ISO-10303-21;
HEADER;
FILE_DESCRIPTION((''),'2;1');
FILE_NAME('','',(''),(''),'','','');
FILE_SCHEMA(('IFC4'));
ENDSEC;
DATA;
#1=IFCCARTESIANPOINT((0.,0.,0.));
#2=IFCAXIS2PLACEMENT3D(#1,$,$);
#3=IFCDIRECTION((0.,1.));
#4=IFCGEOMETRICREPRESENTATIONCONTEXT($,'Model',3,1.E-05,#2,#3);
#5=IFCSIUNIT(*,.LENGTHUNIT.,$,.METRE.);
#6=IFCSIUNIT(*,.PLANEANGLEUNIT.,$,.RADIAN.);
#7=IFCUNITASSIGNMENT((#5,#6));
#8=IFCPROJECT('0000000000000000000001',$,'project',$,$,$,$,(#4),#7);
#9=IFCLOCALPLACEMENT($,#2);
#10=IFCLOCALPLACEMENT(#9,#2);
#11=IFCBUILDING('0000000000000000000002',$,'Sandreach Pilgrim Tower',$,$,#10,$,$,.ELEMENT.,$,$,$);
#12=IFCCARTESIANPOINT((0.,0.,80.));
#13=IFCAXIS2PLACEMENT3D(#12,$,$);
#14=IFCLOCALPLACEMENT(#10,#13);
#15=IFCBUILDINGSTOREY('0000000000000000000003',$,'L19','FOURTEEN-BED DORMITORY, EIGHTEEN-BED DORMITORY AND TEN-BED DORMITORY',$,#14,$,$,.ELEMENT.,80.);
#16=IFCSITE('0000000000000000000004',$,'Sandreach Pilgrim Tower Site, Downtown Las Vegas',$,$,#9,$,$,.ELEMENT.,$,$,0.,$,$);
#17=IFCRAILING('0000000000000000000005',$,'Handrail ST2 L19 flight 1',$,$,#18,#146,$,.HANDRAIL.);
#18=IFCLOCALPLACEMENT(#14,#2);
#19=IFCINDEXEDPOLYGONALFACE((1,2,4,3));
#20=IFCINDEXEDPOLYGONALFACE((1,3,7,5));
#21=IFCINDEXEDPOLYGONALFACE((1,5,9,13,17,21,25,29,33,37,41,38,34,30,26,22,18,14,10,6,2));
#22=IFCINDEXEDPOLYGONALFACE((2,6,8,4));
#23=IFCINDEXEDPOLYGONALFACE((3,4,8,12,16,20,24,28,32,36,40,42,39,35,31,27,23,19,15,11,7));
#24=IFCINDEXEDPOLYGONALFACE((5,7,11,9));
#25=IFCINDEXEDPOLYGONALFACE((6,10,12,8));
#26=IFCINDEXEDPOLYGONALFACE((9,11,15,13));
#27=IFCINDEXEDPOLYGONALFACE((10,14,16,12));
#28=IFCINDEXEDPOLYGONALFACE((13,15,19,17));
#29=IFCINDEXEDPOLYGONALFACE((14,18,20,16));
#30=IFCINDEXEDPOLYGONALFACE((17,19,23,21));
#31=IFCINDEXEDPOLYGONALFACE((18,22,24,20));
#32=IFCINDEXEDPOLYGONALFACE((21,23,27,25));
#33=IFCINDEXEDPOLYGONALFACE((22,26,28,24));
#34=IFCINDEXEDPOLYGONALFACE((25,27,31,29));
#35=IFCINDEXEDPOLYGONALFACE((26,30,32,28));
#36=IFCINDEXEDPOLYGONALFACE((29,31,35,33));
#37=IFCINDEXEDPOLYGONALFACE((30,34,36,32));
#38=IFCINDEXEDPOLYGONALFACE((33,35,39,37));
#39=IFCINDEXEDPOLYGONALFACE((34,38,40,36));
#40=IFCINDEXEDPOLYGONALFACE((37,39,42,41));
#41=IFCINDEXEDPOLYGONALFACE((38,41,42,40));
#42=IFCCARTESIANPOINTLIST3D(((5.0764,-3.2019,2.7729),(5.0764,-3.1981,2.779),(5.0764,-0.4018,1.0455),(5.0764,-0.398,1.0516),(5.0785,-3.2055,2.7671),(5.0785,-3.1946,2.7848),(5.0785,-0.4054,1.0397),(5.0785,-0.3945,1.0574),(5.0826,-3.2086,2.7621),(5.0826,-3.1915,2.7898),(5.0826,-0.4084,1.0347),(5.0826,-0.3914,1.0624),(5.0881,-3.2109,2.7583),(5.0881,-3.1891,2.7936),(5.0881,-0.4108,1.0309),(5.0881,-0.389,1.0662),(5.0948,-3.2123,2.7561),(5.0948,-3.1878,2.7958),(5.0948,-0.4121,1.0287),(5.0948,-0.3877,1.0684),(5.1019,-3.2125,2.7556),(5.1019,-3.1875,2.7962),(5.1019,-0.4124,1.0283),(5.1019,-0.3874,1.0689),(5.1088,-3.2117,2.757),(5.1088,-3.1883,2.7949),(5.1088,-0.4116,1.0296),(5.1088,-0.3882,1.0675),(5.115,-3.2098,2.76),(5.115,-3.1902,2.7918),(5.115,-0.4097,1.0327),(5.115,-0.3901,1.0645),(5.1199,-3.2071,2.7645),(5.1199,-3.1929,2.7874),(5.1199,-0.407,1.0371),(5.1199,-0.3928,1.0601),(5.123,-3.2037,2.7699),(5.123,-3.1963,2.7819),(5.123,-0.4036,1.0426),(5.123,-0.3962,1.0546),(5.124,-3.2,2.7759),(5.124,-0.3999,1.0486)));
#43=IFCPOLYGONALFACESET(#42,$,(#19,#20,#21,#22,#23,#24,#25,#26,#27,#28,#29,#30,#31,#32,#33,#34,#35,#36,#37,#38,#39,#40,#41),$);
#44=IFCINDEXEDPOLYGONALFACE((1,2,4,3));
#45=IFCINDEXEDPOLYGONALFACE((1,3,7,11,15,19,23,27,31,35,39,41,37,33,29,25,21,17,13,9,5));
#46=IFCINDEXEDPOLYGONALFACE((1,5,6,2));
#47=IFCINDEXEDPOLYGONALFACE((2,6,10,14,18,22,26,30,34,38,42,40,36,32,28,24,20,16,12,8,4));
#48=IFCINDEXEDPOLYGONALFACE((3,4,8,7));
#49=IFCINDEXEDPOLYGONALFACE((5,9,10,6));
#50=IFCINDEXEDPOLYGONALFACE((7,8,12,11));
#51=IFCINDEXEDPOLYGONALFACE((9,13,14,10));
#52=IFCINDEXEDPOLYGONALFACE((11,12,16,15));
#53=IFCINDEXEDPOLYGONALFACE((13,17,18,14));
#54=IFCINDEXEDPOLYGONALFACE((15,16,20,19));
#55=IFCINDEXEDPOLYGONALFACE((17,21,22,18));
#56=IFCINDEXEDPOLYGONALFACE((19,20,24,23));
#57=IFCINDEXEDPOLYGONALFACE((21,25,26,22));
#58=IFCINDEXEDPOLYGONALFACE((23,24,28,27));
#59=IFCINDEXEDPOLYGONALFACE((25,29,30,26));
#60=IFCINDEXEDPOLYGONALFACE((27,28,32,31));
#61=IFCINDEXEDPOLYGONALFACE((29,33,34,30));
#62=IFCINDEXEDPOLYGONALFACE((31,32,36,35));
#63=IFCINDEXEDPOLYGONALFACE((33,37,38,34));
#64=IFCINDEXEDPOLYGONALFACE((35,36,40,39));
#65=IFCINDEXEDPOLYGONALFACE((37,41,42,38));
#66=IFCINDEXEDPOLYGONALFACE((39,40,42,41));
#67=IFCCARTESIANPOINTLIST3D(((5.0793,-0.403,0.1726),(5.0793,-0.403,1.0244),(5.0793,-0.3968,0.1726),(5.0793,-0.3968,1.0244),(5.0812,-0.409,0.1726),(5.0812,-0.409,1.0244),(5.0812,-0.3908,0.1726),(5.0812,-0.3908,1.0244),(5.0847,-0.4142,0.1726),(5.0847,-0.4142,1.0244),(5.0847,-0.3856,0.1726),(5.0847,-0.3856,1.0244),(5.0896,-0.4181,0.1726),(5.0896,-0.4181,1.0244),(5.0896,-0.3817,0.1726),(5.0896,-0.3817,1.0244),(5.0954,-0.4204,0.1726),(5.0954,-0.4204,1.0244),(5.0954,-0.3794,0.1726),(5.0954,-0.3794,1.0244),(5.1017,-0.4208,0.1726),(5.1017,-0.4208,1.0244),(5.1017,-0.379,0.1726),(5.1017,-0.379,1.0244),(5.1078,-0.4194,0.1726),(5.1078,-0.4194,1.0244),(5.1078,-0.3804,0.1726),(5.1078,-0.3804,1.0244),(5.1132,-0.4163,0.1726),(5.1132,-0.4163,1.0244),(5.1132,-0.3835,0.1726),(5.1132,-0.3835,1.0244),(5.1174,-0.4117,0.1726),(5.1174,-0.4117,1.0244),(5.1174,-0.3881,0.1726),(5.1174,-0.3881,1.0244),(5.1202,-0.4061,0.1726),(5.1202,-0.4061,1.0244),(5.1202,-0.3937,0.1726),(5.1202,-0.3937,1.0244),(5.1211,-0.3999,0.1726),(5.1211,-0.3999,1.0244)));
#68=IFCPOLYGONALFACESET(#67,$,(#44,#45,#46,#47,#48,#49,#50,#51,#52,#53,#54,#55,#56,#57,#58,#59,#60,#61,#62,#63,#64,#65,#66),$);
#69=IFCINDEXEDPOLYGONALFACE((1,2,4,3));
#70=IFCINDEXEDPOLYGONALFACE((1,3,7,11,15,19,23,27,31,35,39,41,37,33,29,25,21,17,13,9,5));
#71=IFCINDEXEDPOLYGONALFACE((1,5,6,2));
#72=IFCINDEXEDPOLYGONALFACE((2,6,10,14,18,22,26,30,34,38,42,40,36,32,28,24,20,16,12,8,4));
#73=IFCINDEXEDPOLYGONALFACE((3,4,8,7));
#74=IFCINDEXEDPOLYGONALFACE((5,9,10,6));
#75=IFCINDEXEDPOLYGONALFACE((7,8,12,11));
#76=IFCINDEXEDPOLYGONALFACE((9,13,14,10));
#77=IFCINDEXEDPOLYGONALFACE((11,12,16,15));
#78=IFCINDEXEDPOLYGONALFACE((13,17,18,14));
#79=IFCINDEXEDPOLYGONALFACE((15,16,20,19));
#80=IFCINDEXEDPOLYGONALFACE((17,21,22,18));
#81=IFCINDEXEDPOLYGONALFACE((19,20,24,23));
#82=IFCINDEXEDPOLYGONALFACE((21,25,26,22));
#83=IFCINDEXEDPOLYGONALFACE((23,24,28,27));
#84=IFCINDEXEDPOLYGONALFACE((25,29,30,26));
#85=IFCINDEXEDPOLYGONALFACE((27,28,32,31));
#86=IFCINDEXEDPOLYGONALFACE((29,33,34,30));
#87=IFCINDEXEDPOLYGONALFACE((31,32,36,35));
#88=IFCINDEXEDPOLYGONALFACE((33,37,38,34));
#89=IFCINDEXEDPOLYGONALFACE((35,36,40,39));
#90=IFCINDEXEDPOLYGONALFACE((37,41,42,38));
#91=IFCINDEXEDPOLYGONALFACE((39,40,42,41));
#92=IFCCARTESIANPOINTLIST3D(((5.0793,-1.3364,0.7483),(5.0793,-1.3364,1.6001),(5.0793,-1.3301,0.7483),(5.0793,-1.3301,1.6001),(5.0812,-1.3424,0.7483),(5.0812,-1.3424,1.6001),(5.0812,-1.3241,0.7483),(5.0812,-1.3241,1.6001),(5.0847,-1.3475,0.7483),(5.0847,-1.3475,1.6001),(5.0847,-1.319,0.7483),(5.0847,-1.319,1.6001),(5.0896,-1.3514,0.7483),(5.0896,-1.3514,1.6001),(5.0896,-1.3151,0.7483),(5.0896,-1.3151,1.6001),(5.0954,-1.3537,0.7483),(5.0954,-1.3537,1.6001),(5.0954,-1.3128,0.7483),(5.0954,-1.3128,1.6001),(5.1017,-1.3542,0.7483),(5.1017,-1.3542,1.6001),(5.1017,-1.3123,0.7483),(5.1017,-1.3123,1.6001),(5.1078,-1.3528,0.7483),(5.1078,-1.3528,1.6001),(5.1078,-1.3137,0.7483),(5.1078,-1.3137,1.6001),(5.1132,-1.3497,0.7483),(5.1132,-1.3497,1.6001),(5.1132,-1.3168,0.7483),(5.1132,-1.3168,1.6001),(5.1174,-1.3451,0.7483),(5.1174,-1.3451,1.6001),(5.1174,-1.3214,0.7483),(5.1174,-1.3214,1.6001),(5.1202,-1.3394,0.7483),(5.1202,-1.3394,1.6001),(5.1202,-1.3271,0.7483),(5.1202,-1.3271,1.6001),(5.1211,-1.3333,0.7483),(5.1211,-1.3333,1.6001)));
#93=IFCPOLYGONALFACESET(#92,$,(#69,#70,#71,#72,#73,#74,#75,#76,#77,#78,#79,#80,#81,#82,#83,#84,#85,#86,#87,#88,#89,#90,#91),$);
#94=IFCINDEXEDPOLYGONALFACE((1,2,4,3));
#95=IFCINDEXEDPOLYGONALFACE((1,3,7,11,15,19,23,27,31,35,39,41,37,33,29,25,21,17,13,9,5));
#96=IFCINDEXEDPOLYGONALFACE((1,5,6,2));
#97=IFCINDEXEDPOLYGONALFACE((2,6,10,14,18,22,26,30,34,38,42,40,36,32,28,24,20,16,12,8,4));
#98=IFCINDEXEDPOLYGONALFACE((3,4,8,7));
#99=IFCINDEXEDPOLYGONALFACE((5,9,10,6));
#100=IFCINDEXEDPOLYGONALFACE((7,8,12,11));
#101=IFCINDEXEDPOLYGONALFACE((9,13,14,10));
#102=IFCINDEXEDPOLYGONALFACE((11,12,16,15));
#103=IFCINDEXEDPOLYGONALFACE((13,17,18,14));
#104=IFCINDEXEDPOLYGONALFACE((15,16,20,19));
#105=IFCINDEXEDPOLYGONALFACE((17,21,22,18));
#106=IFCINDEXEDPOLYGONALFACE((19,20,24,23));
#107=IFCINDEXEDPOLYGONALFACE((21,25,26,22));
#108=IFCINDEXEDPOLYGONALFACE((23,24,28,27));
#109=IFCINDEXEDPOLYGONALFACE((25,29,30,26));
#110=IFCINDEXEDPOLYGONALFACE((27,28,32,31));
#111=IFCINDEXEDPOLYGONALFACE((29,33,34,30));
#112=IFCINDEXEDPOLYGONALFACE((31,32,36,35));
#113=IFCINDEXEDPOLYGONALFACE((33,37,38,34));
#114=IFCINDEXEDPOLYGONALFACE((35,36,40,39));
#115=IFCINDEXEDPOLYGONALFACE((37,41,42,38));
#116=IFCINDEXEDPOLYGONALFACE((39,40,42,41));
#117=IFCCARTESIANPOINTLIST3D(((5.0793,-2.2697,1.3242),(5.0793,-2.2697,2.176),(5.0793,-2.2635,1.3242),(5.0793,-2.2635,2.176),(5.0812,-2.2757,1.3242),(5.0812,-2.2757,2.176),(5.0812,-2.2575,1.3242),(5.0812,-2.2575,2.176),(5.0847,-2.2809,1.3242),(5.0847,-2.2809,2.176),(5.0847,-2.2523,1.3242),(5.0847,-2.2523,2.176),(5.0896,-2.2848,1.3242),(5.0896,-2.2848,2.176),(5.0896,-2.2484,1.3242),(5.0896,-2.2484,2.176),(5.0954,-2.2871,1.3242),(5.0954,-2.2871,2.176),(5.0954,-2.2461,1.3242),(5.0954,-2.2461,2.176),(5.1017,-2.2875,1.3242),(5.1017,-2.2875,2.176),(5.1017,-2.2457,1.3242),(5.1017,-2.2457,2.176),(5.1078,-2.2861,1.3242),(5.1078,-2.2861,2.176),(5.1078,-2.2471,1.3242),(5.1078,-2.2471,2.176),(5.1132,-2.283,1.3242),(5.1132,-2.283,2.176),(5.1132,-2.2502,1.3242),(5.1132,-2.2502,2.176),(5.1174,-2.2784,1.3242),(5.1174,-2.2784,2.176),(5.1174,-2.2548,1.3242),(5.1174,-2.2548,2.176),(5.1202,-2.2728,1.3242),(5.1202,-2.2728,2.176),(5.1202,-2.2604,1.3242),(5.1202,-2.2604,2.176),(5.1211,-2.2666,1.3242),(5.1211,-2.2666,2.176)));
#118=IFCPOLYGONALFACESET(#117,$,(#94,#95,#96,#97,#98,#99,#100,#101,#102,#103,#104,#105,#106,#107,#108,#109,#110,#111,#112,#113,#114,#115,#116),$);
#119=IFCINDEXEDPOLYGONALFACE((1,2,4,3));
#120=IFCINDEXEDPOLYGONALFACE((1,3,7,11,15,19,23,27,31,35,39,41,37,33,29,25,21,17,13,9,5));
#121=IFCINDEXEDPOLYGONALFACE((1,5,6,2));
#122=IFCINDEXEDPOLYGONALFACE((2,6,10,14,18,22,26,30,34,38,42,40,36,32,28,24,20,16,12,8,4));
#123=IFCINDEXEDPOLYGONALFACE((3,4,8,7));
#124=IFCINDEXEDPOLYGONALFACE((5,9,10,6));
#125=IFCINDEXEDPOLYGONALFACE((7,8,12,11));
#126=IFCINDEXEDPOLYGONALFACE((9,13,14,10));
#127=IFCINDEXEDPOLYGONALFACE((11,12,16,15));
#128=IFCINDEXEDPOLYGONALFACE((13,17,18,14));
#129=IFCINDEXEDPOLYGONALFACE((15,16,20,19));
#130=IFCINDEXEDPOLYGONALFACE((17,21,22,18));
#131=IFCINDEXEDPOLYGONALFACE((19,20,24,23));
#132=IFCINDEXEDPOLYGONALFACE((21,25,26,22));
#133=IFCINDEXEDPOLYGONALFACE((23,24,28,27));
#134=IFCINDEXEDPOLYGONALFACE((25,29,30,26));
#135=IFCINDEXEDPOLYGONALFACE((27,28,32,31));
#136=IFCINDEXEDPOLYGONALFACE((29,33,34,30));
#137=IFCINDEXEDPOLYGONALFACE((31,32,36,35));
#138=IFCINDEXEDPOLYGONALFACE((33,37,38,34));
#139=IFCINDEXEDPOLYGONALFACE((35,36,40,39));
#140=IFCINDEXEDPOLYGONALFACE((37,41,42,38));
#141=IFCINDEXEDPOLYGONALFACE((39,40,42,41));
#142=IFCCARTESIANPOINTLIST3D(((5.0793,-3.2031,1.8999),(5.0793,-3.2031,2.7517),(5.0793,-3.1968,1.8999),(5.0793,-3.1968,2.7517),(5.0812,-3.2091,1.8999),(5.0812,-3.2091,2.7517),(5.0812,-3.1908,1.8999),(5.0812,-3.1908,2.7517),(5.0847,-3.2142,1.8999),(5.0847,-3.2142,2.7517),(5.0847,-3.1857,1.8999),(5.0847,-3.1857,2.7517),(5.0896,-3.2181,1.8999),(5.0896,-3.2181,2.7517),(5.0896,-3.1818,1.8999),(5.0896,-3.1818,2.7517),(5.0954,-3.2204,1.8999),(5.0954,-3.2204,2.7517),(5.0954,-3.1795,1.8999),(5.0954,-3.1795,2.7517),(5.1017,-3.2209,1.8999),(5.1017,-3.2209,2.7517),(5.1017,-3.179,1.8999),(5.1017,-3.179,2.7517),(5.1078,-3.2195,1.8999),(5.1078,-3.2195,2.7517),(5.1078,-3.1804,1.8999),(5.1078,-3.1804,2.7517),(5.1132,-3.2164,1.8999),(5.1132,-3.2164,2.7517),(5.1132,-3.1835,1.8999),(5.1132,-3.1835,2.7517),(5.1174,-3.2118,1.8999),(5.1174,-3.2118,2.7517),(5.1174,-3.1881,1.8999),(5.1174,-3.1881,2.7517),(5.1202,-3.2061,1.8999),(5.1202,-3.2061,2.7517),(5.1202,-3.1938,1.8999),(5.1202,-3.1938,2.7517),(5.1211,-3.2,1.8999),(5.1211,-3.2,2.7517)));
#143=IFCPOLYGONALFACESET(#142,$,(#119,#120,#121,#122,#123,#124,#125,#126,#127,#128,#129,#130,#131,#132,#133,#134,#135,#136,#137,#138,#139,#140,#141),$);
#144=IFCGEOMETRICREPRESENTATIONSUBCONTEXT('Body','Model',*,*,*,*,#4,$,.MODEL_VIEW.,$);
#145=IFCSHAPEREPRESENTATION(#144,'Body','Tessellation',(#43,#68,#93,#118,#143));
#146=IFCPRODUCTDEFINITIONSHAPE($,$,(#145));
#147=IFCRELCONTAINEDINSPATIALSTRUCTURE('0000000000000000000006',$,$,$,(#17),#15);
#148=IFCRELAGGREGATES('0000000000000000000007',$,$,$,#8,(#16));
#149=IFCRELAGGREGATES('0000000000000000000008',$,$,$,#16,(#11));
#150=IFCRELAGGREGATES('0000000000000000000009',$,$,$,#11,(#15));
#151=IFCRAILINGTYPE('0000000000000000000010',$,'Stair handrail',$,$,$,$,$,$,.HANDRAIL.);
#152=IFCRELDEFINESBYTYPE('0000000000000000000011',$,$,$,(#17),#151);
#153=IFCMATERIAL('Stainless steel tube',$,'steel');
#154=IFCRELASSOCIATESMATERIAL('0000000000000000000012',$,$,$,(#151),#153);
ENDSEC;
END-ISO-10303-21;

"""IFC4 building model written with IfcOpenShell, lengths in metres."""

from ifc_helpers import new_model, si_unit, direction, frame, origin, origin_2d, place, context, subcontext, project, spatial, circle, extrude, material, type_object, element, save


model = new_model("IFC4")

# Units and contexts
model_context = context("Model", 3, precision=1e-05, world=origin(), true_north=direction((0.0, 1.0)))
body_context = subcontext(model_context, "Body", "Model", "MODEL_VIEW")
ifc_project = project(units=[si_unit("LENGTHUNIT", "METRE"), si_unit("PLANEANGLEUNIT", "RADIAN")], contexts=[model_context])

# Site, building, storey
site_placement = place(None, origin())
site = spatial("IfcSite", under=ifc_project, at=site_placement, Name="Sandreach Pilgrim Tower Site, Downtown Las Vegas", CompositionType="ELEMENT", RefElevation=0.0)
building_placement = place(site_placement, origin())
building = spatial("IfcBuilding", under=site, at=building_placement, Name="Sandreach Pilgrim Tower", CompositionType="ELEMENT")
storey_placement = place(building_placement, frame((0.0, 0.0, 80.0)))
storey = spatial("IfcBuildingStorey", under=building, at=storey_placement, Name="L19", Description="FOURTEEN-BED DORMITORY, EIGHTEEN-BED DORMITORY AND TEN-BED DORMITORY", CompositionType="ELEMENT", Elevation=80.0)

# Railing
ifc_material_1 = material(Name="Stainless steel tube", Category="steel")
railing_type = type_object("IfcRailingType", Name="Stair handrail", PredefinedType="HANDRAIL", material=ifc_material_1)
railing_placement = place(storey_placement, frame((5.1001, -0.3999, 0.1726)))
element("IfcRailing", 1, at=railing_placement, inside=storey, type_object=railing_type, Name="Handrail ST2 L19 flight 1", PredefinedType="HANDRAIL", context=body_context, shape_type="SweptSolid", body=[
    extrude(circle(Radius=0.0239, at=origin_2d()), frame((0.0, 0.0, 0.876), z_axis=(0.0, -0.85109, 0.52502), x_axis=(1.0, 0.0, 0.0)), (0.0, 0.0, 1.0), 3.29),
    extrude(circle(Radius=0.021, at=origin_2d()), origin(), (0.0, 0.0, 1.0), 0.8518),
    extrude(circle(Radius=0.021, at=origin_2d()), frame((0.0, -0.9333, 0.5757)), (0.0, 0.0, 1.0), 0.8518),
    extrude(circle(Radius=0.021, at=origin_2d()), frame((0.0, -1.8667, 1.1516)), (0.0, 0.0, 1.0), 0.8518),
    extrude(circle(Radius=0.021, at=origin_2d()), frame((0.0, -2.8, 1.7273)), (0.0, 0.0, 1.0), 0.8518),
])

save(model, "model.ifc")
